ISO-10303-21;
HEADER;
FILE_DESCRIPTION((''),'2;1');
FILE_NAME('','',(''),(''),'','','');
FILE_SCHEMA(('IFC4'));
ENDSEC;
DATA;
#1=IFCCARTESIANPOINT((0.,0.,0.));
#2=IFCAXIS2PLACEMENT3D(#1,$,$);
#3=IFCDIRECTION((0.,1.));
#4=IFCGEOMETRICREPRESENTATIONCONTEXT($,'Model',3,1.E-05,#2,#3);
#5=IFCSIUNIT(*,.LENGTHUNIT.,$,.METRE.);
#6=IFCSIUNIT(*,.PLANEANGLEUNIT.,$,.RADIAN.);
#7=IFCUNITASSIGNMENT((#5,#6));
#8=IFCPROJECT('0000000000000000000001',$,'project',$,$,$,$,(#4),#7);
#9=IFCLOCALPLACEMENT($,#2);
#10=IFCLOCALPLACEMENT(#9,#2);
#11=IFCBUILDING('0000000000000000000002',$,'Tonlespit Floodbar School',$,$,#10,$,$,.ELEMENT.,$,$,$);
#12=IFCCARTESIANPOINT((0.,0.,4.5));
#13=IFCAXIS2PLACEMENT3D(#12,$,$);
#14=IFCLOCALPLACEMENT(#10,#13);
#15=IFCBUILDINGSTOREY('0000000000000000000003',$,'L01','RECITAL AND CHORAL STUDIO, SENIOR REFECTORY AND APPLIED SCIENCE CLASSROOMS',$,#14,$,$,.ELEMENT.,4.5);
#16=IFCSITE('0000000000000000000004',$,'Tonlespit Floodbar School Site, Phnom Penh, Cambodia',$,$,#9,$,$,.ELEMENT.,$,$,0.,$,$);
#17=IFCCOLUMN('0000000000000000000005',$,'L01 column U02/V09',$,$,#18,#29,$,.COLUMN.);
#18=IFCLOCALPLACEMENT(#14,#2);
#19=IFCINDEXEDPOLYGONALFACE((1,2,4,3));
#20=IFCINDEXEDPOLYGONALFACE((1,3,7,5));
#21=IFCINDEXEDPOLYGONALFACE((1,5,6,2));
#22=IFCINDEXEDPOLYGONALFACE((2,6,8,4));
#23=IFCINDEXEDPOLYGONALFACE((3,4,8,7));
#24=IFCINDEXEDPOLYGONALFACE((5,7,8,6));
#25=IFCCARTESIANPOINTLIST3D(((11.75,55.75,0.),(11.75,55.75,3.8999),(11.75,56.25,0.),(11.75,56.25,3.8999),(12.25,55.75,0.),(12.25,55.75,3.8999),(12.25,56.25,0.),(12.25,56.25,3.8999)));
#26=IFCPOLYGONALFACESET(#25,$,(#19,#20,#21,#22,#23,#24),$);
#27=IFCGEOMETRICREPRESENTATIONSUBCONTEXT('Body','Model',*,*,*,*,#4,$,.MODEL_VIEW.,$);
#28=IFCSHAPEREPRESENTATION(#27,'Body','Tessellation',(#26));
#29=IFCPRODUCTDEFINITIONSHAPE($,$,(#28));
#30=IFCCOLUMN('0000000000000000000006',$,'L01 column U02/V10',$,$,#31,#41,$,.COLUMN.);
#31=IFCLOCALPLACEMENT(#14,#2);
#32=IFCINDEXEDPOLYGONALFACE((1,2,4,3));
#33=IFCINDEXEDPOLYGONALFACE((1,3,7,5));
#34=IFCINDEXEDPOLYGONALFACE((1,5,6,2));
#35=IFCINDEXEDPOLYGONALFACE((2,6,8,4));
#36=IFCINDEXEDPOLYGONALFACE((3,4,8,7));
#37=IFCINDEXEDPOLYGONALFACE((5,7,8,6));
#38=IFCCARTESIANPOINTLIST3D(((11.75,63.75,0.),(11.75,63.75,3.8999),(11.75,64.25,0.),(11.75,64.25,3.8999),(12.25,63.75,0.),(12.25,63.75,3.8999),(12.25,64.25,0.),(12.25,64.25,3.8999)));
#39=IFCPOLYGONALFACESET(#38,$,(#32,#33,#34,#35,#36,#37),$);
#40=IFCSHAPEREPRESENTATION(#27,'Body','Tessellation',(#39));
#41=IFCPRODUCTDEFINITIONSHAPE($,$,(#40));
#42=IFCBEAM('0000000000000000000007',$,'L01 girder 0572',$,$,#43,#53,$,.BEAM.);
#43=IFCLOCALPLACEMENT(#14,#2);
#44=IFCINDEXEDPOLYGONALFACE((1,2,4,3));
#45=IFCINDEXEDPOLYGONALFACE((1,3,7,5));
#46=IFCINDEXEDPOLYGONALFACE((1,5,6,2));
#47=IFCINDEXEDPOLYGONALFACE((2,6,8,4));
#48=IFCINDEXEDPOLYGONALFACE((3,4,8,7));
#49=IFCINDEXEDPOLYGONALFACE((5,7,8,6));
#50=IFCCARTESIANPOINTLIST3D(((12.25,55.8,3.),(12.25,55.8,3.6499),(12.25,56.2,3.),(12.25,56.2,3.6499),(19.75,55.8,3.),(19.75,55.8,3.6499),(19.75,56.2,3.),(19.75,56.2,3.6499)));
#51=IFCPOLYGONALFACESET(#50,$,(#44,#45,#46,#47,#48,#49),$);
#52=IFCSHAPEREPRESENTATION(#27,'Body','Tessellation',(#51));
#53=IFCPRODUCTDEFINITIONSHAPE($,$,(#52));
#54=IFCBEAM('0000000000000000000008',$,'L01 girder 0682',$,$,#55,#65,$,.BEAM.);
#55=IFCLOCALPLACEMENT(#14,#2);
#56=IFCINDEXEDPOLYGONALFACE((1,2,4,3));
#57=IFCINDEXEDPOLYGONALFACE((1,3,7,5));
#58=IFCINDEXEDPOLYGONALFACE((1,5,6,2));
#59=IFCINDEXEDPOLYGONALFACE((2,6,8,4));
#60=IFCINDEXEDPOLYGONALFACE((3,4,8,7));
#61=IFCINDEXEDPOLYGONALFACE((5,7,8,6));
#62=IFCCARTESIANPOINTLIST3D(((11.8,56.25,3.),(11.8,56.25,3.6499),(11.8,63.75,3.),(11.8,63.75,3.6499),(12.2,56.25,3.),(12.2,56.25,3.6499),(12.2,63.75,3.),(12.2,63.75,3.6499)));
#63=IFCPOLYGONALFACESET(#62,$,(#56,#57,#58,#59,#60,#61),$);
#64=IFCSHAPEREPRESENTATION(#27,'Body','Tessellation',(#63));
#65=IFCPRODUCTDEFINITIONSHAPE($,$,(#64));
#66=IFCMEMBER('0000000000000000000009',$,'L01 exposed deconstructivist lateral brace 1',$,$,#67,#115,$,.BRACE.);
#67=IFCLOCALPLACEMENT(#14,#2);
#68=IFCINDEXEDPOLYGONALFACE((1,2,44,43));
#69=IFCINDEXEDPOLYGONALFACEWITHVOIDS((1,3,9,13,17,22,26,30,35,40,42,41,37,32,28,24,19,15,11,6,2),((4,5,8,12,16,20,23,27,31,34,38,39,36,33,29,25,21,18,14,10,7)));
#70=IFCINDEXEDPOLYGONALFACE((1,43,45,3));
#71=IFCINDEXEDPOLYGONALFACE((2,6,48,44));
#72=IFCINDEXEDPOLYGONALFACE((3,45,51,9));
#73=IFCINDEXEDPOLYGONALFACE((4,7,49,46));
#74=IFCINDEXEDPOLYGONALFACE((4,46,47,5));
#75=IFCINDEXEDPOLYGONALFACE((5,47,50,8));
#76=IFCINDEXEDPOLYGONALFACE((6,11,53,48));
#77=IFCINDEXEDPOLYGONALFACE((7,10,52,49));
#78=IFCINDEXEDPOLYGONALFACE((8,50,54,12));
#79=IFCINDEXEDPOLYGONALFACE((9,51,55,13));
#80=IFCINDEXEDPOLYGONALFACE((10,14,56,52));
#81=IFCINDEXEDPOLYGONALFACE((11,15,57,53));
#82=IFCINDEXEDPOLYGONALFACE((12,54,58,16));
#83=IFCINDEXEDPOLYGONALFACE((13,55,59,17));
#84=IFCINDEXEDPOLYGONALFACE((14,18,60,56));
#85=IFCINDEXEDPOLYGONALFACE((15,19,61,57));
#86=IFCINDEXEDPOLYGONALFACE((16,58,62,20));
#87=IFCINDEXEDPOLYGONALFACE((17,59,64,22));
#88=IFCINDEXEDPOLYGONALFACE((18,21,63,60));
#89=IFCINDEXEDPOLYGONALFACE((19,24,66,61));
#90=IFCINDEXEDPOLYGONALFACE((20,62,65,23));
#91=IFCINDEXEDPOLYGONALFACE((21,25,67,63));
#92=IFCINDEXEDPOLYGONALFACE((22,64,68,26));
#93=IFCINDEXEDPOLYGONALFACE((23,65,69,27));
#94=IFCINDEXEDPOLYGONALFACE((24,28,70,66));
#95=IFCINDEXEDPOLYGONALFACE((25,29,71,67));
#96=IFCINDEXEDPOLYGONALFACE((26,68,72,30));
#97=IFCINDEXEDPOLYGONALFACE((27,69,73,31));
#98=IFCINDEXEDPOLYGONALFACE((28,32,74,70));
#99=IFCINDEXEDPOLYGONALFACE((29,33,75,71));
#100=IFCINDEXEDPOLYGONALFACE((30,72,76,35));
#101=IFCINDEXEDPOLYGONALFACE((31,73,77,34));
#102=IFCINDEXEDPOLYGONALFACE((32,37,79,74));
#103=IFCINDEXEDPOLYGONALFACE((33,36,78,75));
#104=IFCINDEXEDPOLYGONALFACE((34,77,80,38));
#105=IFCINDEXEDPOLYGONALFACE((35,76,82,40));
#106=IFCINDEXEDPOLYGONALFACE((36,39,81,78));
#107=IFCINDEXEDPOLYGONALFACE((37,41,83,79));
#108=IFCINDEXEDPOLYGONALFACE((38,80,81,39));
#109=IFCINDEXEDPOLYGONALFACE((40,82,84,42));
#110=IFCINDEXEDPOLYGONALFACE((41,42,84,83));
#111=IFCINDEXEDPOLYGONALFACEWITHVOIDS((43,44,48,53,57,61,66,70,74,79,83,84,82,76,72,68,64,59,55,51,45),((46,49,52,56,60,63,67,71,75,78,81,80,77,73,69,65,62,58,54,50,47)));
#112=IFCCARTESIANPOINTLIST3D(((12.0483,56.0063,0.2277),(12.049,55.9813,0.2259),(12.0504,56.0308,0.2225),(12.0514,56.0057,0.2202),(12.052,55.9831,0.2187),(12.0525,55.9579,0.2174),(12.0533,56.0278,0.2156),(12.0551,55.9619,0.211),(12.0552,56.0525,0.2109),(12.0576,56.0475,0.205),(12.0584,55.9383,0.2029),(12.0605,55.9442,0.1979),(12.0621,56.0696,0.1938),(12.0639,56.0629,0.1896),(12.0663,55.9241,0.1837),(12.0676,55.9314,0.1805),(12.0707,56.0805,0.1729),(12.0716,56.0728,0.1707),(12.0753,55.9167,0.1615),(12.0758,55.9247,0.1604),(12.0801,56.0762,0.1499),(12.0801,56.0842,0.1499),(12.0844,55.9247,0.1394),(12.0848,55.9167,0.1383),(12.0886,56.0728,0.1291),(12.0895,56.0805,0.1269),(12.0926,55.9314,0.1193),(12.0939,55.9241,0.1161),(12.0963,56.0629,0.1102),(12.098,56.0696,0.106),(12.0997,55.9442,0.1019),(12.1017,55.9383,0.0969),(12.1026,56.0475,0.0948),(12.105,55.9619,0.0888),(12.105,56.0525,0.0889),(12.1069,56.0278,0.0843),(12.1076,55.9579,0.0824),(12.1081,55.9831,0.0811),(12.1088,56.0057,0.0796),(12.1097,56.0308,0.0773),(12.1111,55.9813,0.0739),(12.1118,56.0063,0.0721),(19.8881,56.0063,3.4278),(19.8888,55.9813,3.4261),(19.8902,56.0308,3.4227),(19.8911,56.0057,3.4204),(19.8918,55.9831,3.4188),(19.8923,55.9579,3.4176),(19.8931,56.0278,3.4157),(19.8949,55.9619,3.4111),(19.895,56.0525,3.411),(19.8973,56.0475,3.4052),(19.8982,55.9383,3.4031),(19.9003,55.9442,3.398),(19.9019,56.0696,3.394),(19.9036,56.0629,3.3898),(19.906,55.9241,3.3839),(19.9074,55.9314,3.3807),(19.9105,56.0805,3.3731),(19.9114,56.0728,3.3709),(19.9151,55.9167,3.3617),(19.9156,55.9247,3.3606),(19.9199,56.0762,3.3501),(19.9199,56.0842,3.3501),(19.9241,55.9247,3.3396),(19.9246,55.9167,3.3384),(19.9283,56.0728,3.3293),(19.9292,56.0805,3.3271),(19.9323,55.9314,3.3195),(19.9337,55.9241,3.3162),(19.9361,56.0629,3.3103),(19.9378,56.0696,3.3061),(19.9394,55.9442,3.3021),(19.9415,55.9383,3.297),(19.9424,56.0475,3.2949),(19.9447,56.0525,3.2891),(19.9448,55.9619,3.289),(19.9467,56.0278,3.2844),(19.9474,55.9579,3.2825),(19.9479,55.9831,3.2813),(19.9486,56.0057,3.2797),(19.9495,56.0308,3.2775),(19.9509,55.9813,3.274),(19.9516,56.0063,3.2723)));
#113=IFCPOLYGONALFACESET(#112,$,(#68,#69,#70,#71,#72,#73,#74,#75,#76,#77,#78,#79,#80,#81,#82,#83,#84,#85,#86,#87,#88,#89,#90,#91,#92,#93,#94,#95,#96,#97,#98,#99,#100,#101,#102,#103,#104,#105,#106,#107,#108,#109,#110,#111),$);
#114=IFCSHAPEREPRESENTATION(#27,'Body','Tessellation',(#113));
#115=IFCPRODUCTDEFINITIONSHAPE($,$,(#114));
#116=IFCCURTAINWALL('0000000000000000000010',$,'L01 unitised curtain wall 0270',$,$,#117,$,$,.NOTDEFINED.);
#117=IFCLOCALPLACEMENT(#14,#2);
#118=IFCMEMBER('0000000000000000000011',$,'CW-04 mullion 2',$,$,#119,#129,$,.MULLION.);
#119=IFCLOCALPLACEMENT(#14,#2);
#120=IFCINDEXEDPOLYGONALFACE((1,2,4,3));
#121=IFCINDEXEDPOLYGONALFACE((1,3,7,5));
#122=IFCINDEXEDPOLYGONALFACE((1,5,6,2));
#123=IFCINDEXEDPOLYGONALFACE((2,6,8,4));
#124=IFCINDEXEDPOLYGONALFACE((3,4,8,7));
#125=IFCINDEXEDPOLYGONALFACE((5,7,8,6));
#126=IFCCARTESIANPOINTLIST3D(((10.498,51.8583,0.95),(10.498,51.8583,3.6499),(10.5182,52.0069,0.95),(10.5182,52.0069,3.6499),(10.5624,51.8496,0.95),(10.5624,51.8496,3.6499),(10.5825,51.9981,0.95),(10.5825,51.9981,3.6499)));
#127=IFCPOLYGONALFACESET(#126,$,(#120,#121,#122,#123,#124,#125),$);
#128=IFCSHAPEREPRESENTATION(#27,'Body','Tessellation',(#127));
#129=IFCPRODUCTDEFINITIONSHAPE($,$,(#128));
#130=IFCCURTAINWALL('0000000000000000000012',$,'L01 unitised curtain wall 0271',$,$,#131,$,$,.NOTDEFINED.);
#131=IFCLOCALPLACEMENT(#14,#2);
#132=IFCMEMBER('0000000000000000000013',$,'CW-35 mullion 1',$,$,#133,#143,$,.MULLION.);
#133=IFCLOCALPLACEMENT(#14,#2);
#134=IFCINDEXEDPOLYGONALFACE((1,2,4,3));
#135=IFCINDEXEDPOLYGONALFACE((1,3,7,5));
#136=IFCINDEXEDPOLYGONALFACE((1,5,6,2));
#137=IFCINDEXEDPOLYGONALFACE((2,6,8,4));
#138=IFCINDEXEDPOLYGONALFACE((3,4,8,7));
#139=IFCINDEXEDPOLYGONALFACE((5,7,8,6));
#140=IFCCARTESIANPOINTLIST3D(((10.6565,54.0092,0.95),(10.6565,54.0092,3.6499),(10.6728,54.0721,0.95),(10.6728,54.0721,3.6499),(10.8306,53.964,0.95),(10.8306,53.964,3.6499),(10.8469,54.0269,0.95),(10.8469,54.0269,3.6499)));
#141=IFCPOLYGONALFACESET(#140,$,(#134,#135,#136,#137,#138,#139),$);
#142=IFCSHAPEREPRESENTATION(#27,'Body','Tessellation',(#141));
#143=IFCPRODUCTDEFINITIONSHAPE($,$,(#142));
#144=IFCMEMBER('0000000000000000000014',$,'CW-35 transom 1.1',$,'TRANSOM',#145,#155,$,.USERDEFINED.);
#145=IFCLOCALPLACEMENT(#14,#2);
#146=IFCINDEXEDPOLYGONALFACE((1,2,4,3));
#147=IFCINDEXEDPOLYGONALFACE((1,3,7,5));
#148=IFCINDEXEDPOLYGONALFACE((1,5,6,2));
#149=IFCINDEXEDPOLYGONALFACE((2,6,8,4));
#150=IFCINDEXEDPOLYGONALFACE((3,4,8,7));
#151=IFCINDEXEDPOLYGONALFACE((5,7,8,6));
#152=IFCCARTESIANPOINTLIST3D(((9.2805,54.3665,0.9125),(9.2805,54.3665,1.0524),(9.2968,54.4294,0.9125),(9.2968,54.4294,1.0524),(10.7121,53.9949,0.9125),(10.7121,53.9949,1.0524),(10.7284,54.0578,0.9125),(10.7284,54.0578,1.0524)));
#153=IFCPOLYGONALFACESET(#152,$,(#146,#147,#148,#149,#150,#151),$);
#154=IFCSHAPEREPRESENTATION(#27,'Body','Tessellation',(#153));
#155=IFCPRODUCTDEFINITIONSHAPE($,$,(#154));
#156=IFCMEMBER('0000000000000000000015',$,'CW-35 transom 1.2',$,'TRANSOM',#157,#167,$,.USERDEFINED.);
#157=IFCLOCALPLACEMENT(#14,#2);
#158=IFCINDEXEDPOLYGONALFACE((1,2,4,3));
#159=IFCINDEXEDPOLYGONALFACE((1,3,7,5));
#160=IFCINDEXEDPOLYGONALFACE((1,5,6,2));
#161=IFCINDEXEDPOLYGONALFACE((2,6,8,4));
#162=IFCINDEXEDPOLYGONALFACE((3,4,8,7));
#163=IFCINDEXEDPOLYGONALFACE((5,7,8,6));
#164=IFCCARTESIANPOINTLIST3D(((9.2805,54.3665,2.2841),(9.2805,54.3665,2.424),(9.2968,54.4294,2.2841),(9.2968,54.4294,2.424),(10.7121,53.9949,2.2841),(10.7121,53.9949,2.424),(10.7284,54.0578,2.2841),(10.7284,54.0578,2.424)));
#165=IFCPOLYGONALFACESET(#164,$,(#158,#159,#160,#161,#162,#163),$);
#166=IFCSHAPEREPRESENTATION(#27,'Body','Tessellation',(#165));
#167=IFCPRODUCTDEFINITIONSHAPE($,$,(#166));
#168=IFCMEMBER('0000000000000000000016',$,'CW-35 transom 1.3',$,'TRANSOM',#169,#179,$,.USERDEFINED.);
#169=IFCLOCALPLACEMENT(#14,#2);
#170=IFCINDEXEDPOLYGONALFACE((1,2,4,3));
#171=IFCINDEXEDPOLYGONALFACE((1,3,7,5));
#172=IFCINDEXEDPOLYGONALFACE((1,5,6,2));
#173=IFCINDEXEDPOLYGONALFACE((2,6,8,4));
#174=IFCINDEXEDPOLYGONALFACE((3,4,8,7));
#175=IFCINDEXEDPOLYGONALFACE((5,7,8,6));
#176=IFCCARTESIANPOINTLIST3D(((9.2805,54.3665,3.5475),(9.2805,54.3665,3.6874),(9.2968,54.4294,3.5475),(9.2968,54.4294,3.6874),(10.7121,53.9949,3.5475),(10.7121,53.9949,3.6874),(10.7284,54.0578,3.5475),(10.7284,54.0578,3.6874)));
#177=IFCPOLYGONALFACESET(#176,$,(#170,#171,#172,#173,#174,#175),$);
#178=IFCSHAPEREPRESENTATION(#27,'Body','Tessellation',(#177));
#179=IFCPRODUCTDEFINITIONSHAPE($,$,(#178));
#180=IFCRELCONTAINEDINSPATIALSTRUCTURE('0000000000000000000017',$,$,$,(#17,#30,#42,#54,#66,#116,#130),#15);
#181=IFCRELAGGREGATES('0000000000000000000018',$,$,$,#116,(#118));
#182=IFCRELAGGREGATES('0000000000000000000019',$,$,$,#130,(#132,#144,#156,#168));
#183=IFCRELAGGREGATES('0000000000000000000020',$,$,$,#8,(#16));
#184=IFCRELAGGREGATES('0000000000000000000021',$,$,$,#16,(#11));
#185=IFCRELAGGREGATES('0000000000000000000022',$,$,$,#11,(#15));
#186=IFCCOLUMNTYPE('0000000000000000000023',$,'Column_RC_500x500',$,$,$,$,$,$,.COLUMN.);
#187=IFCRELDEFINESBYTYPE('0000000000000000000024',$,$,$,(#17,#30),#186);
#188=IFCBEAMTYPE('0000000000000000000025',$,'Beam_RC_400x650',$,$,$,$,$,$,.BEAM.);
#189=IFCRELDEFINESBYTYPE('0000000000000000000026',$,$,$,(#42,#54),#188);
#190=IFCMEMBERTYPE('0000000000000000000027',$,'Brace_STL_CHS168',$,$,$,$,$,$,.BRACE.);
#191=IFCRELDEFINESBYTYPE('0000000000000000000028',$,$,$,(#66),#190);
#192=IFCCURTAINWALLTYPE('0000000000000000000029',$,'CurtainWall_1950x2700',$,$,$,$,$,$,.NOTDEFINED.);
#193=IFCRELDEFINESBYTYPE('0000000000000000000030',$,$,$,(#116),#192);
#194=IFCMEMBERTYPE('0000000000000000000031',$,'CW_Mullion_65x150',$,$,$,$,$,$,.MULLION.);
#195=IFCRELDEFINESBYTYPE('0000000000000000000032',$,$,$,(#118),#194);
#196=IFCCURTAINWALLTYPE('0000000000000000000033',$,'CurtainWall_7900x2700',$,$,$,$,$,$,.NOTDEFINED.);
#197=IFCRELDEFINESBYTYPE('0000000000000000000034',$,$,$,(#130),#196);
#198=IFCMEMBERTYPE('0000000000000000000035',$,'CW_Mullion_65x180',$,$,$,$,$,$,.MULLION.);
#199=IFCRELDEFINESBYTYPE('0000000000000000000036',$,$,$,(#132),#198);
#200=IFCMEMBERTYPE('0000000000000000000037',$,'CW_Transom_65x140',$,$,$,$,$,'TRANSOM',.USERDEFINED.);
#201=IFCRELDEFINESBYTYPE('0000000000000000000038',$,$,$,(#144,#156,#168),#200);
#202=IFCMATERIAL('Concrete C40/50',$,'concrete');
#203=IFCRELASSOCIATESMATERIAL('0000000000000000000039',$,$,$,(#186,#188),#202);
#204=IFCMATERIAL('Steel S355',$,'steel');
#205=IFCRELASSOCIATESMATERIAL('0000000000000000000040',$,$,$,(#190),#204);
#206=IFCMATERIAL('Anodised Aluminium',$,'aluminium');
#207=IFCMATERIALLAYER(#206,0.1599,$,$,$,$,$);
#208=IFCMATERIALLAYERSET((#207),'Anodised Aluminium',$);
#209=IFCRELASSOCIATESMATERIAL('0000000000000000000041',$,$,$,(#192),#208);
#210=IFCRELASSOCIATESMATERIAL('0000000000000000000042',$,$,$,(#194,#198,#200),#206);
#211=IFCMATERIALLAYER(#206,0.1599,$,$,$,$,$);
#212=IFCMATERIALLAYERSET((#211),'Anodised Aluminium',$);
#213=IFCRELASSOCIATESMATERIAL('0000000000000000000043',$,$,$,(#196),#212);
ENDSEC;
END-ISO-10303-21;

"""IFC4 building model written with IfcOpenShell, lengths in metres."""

from ifc_helpers import new_model, si_unit, direction, frame, origin, origin_2d, place, context, subcontext, project, spatial, rectangle, hollow_circle, extrude, material, layer, layer_set, material_profile, profile_set, type_object, element, aggregate, save


model = new_model("IFC4")

# Units and contexts
model_context = context("Model", 3, precision=1e-05, world=origin(), true_north=direction((0.0, 1.0)))
body_context = subcontext(model_context, "Body", "Model", "MODEL_VIEW")
ifc_project = project(units=[si_unit("LENGTHUNIT", "METRE"), si_unit("PLANEANGLEUNIT", "RADIAN")], contexts=[model_context])

# Site, building, storey
site_placement = place(None, origin())
site = spatial("IfcSite", under=ifc_project, at=site_placement, Name="Tonlespit Floodbar School Site, Phnom Penh, Cambodia", CompositionType="ELEMENT", RefElevation=0.0)
building_placement = place(site_placement, origin())
building = spatial("IfcBuilding", under=site, at=building_placement, Name="Tonlespit Floodbar School", CompositionType="ELEMENT")
storey_placement = place(building_placement, frame((0.0, 0.0, 4.5)))
storey = spatial("IfcBuildingStorey", under=building, at=storey_placement, Name="L01", Description="RECITAL AND CHORAL STUDIO, SENIOR REFECTORY AND APPLIED SCIENCE CLASSROOMS", CompositionType="ELEMENT", Elevation=4.5)

# Columns
ifc_material_1 = material(Name="Concrete C40/50", Category="concrete")
ifc_material_profile_1 = material_profile(ifc_material_1, rectangle(XDim=0.5, YDim=0.5, at=origin_2d()), Name="RC 500x500")
ifc_profile_set_1 = profile_set([ifc_material_profile_1], Name="Concrete C40/50")
column_type = type_object("IfcColumnType", Name="Column_RC_500x500", PredefinedType="COLUMN", material=ifc_profile_set_1)
for number, where, z_axis, x_axis, name in (
    (1, (12.0, 56.0, 0.0), (0.0, 0.0, 1.0), (1.0, 0.0, 0.0), "L01 column U02/V09"),
    (2, (12.0, 64.0, 0.0), (0.0, 0.0, 1.0), (1.0, 0.0, 0.0), "L01 column U02/V10"),
):
    element("IfcColumn", number, at=place(storey_placement, frame(where, z_axis=z_axis, x_axis=x_axis)), inside=storey, type_object=column_type, Name=name, PredefinedType="COLUMN", context=body_context, shape_type="SweptSolid", body=[
        extrude(rectangle(XDim=0.5, YDim=0.5, at=origin_2d()), origin(), (0.0, 0.0, 1.0), 3.8999),
    ])

# Beams
ifc_material_profile_2 = material_profile(ifc_material_1, rectangle(XDim=0.3999, YDim=0.6499, at=origin_2d()), Name="RC 400x650")
ifc_profile_set_2 = profile_set([ifc_material_profile_2], Name="Concrete C40/50")
beam_type_1 = type_object("IfcBeamType", Name="Beam_RC_400x650", PredefinedType="BEAM", material=ifc_profile_set_2)
for number, where, z_axis, x_axis, name in (
    (3, (12.25, 56.0, 3.325), (1.0, 0.0, 0.0), (0.0, 1.0, 0.0), "L01 girder 0572"),
    (4, (12.0, 56.25, 3.325), (0.0, 1.0, 0.0), (-1.0, 0.0, 0.0), "L01 girder 0682"),
):
    element("IfcBeam", number, at=place(storey_placement, frame(where, z_axis=z_axis, x_axis=x_axis)), inside=storey, type_object=beam_type_1, Name=name, PredefinedType="BEAM", context=body_context, shape_type="SweptSolid", body=[
        extrude(rectangle(XDim=0.3999, YDim=0.6499, at=origin_2d()), origin(), (0.0, 0.0, 1.0), 7.5),
    ])

# Member
ifc_material_2 = material(Name="Steel S355", Category="steel")
ifc_material_profile_3 = material_profile(ifc_material_2, hollow_circle(Radius=0.0842, WallThickness=0.0081, at=origin_2d()), Name="CHS 168.3x8")
ifc_profile_set_3 = profile_set([ifc_material_profile_3], Name="Steel S355")
member_type_1 = type_object("IfcMemberType", Name="Brace_STL_CHS168", PredefinedType="BRACE", material=ifc_profile_set_3)
member_1_placement = place(storey_placement, frame((12.0801, 56.0, 0.1499), z_axis=(0.925837, 0.0, 0.377923), x_axis=(0.0, 1.0, 0.0)))
element("IfcMember", 5, at=member_1_placement, inside=storey, type_object=member_type_1, Name="L01 exposed deconstructivist lateral brace 1", PredefinedType="BRACE", context=body_context, shape_type="SweptSolid", body=[
    extrude(hollow_circle(Radius=0.0842, WallThickness=0.0081, at=origin_2d()), origin(), (0.0, 0.0, 1.0), 8.4678),
])

# Curtain wall, member
ifc_material_3 = material(Name="Anodised Aluminium", Category="aluminium")
ifc_layer_1 = layer(ifc_material_3, 0.1599)
ifc_layer_set_1 = layer_set([ifc_layer_1], Name="Anodised Aluminium")
curtain_wall_type_1 = type_object("IfcCurtainWallType", Name="CurtainWall_1950x2700", PredefinedType="NOTDEFINED", material=ifc_layer_set_1)
curtain_wall_1_placement = place(storey_placement, origin())
curtain_wall_1 = element("IfcCurtainWall", 6, at=curtain_wall_1_placement, inside=storey, type_object=curtain_wall_type_1, Name="L01 unitised curtain wall 0270", PredefinedType="NOTDEFINED")
ifc_material_profile_4 = material_profile(ifc_material_3, rectangle(XDim=0.0649, YDim=0.1499, at=origin_2d()), Name="ALU M65x150")
ifc_profile_set_4 = profile_set([ifc_material_profile_4], Name="Anodised Aluminium")
member_type_2 = type_object("IfcMemberType", Name="CW_Mullion_65x150", PredefinedType="MULLION", material=ifc_profile_set_4)
member_2_placement = place(storey_placement, frame((10.5403, 51.9282, 0.95), z_axis=(0.0, 0.0, 1.0), x_axis=(-0.990894, 0.134644, 0.0)))
member_2 = element("IfcMember", 7, at=member_2_placement, type_object=member_type_2, Name="CW-04 mullion 2", PredefinedType="MULLION", context=body_context, shape_type="SweptSolid", body=[
    extrude(rectangle(XDim=0.0649, YDim=0.1499, at=origin_2d()), origin(), (0.0, 0.0, 1.0), 2.7),
])
aggregate(curtain_wall_1, [member_2])

# Curtain wall, members
ifc_layer_2 = layer(ifc_material_3, 0.1599)
ifc_layer_set_2 = layer_set([ifc_layer_2], Name="Anodised Aluminium")
curtain_wall_type_2 = type_object("IfcCurtainWallType", Name="CurtainWall_7900x2700", PredefinedType="NOTDEFINED", material=ifc_layer_set_2)
curtain_wall_2_placement = place(storey_placement, origin())
curtain_wall_2 = element("IfcCurtainWall", 8, at=curtain_wall_2_placement, inside=storey, type_object=curtain_wall_type_2, Name="L01 unitised curtain wall 0271", PredefinedType="NOTDEFINED")
ifc_material_profile_5 = material_profile(ifc_material_3, rectangle(XDim=0.0649, YDim=0.1799, at=origin_2d()), Name="ALU M65x180")
ifc_profile_set_5 = profile_set([ifc_material_profile_5], Name="Anodised Aluminium")
member_type_3 = type_object("IfcMemberType", Name="CW_Mullion_65x180", PredefinedType="MULLION", material=ifc_profile_set_5)
member_3_placement = place(storey_placement, frame((10.7517, 54.0181, 0.95), z_axis=(0.0, 0.0, 1.0), x_axis=(-0.251201, -0.967935, 0.0)))
member_3 = element("IfcMember", 9, at=member_3_placement, type_object=member_type_3, Name="CW-35 mullion 1", PredefinedType="MULLION", context=body_context, shape_type="SweptSolid", body=[
    extrude(rectangle(XDim=0.0649, YDim=0.1799, at=origin_2d()), origin(), (0.0, 0.0, 1.0), 2.7),
])
ifc_material_profile_6 = material_profile(ifc_material_3, rectangle(XDim=0.0649, YDim=0.1399, at=origin_2d()), Name="ALU T65x140")
ifc_profile_set_6 = profile_set([ifc_material_profile_6], Name="Anodised Aluminium")
member_type_4 = type_object("IfcMemberType", Name="CW_Transom_65x140", ElementType="TRANSOM", PredefinedType="USERDEFINED", material=ifc_profile_set_6)
member_4_placement = place(storey_placement, frame((10.7202, 54.0264, 0.9824), z_axis=(-0.967929, 0.251226, 0.0), x_axis=(-0.251226, -0.967929, 0.0)))
member_4 = element("IfcMember", 10, at=member_4_placement, type_object=member_type_4, Name="CW-35 transom 1.1", ObjectType="TRANSOM", PredefinedType="USERDEFINED", context=body_context, shape_type="SweptSolid", body=[
    extrude(rectangle(XDim=0.0649, YDim=0.1399, at=origin_2d()), origin(), (0.0, 0.0, 1.0), 1.479),
])
member_5_placement = place(storey_placement, frame((10.7202, 54.0264, 2.354), z_axis=(-0.967929, 0.251226, 0.0), x_axis=(-0.251226, -0.967929, 0.0)))
member_5 = element("IfcMember", 11, at=member_5_placement, type_object=member_type_4, Name="CW-35 transom 1.2", ObjectType="TRANSOM", PredefinedType="USERDEFINED", context=body_context, shape_type="SweptSolid", body=[
    extrude(rectangle(XDim=0.0649, YDim=0.1399, at=origin_2d()), origin(), (0.0, 0.0, 1.0), 1.479),
])
member_6_placement = place(storey_placement, frame((10.7202, 54.0264, 3.6174), z_axis=(-0.967929, 0.251226, 0.0), x_axis=(-0.251226, -0.967929, 0.0)))
member_6 = element("IfcMember", 12, at=member_6_placement, type_object=member_type_4, Name="CW-35 transom 1.3", ObjectType="TRANSOM", PredefinedType="USERDEFINED", context=body_context, shape_type="SweptSolid", body=[
    extrude(rectangle(XDim=0.0649, YDim=0.1399, at=origin_2d()), origin(), (0.0, 0.0, 1.0), 1.479),
])
aggregate(curtain_wall_2, [member_3, member_4, member_5, member_6])

save(model, "model.ifc")
